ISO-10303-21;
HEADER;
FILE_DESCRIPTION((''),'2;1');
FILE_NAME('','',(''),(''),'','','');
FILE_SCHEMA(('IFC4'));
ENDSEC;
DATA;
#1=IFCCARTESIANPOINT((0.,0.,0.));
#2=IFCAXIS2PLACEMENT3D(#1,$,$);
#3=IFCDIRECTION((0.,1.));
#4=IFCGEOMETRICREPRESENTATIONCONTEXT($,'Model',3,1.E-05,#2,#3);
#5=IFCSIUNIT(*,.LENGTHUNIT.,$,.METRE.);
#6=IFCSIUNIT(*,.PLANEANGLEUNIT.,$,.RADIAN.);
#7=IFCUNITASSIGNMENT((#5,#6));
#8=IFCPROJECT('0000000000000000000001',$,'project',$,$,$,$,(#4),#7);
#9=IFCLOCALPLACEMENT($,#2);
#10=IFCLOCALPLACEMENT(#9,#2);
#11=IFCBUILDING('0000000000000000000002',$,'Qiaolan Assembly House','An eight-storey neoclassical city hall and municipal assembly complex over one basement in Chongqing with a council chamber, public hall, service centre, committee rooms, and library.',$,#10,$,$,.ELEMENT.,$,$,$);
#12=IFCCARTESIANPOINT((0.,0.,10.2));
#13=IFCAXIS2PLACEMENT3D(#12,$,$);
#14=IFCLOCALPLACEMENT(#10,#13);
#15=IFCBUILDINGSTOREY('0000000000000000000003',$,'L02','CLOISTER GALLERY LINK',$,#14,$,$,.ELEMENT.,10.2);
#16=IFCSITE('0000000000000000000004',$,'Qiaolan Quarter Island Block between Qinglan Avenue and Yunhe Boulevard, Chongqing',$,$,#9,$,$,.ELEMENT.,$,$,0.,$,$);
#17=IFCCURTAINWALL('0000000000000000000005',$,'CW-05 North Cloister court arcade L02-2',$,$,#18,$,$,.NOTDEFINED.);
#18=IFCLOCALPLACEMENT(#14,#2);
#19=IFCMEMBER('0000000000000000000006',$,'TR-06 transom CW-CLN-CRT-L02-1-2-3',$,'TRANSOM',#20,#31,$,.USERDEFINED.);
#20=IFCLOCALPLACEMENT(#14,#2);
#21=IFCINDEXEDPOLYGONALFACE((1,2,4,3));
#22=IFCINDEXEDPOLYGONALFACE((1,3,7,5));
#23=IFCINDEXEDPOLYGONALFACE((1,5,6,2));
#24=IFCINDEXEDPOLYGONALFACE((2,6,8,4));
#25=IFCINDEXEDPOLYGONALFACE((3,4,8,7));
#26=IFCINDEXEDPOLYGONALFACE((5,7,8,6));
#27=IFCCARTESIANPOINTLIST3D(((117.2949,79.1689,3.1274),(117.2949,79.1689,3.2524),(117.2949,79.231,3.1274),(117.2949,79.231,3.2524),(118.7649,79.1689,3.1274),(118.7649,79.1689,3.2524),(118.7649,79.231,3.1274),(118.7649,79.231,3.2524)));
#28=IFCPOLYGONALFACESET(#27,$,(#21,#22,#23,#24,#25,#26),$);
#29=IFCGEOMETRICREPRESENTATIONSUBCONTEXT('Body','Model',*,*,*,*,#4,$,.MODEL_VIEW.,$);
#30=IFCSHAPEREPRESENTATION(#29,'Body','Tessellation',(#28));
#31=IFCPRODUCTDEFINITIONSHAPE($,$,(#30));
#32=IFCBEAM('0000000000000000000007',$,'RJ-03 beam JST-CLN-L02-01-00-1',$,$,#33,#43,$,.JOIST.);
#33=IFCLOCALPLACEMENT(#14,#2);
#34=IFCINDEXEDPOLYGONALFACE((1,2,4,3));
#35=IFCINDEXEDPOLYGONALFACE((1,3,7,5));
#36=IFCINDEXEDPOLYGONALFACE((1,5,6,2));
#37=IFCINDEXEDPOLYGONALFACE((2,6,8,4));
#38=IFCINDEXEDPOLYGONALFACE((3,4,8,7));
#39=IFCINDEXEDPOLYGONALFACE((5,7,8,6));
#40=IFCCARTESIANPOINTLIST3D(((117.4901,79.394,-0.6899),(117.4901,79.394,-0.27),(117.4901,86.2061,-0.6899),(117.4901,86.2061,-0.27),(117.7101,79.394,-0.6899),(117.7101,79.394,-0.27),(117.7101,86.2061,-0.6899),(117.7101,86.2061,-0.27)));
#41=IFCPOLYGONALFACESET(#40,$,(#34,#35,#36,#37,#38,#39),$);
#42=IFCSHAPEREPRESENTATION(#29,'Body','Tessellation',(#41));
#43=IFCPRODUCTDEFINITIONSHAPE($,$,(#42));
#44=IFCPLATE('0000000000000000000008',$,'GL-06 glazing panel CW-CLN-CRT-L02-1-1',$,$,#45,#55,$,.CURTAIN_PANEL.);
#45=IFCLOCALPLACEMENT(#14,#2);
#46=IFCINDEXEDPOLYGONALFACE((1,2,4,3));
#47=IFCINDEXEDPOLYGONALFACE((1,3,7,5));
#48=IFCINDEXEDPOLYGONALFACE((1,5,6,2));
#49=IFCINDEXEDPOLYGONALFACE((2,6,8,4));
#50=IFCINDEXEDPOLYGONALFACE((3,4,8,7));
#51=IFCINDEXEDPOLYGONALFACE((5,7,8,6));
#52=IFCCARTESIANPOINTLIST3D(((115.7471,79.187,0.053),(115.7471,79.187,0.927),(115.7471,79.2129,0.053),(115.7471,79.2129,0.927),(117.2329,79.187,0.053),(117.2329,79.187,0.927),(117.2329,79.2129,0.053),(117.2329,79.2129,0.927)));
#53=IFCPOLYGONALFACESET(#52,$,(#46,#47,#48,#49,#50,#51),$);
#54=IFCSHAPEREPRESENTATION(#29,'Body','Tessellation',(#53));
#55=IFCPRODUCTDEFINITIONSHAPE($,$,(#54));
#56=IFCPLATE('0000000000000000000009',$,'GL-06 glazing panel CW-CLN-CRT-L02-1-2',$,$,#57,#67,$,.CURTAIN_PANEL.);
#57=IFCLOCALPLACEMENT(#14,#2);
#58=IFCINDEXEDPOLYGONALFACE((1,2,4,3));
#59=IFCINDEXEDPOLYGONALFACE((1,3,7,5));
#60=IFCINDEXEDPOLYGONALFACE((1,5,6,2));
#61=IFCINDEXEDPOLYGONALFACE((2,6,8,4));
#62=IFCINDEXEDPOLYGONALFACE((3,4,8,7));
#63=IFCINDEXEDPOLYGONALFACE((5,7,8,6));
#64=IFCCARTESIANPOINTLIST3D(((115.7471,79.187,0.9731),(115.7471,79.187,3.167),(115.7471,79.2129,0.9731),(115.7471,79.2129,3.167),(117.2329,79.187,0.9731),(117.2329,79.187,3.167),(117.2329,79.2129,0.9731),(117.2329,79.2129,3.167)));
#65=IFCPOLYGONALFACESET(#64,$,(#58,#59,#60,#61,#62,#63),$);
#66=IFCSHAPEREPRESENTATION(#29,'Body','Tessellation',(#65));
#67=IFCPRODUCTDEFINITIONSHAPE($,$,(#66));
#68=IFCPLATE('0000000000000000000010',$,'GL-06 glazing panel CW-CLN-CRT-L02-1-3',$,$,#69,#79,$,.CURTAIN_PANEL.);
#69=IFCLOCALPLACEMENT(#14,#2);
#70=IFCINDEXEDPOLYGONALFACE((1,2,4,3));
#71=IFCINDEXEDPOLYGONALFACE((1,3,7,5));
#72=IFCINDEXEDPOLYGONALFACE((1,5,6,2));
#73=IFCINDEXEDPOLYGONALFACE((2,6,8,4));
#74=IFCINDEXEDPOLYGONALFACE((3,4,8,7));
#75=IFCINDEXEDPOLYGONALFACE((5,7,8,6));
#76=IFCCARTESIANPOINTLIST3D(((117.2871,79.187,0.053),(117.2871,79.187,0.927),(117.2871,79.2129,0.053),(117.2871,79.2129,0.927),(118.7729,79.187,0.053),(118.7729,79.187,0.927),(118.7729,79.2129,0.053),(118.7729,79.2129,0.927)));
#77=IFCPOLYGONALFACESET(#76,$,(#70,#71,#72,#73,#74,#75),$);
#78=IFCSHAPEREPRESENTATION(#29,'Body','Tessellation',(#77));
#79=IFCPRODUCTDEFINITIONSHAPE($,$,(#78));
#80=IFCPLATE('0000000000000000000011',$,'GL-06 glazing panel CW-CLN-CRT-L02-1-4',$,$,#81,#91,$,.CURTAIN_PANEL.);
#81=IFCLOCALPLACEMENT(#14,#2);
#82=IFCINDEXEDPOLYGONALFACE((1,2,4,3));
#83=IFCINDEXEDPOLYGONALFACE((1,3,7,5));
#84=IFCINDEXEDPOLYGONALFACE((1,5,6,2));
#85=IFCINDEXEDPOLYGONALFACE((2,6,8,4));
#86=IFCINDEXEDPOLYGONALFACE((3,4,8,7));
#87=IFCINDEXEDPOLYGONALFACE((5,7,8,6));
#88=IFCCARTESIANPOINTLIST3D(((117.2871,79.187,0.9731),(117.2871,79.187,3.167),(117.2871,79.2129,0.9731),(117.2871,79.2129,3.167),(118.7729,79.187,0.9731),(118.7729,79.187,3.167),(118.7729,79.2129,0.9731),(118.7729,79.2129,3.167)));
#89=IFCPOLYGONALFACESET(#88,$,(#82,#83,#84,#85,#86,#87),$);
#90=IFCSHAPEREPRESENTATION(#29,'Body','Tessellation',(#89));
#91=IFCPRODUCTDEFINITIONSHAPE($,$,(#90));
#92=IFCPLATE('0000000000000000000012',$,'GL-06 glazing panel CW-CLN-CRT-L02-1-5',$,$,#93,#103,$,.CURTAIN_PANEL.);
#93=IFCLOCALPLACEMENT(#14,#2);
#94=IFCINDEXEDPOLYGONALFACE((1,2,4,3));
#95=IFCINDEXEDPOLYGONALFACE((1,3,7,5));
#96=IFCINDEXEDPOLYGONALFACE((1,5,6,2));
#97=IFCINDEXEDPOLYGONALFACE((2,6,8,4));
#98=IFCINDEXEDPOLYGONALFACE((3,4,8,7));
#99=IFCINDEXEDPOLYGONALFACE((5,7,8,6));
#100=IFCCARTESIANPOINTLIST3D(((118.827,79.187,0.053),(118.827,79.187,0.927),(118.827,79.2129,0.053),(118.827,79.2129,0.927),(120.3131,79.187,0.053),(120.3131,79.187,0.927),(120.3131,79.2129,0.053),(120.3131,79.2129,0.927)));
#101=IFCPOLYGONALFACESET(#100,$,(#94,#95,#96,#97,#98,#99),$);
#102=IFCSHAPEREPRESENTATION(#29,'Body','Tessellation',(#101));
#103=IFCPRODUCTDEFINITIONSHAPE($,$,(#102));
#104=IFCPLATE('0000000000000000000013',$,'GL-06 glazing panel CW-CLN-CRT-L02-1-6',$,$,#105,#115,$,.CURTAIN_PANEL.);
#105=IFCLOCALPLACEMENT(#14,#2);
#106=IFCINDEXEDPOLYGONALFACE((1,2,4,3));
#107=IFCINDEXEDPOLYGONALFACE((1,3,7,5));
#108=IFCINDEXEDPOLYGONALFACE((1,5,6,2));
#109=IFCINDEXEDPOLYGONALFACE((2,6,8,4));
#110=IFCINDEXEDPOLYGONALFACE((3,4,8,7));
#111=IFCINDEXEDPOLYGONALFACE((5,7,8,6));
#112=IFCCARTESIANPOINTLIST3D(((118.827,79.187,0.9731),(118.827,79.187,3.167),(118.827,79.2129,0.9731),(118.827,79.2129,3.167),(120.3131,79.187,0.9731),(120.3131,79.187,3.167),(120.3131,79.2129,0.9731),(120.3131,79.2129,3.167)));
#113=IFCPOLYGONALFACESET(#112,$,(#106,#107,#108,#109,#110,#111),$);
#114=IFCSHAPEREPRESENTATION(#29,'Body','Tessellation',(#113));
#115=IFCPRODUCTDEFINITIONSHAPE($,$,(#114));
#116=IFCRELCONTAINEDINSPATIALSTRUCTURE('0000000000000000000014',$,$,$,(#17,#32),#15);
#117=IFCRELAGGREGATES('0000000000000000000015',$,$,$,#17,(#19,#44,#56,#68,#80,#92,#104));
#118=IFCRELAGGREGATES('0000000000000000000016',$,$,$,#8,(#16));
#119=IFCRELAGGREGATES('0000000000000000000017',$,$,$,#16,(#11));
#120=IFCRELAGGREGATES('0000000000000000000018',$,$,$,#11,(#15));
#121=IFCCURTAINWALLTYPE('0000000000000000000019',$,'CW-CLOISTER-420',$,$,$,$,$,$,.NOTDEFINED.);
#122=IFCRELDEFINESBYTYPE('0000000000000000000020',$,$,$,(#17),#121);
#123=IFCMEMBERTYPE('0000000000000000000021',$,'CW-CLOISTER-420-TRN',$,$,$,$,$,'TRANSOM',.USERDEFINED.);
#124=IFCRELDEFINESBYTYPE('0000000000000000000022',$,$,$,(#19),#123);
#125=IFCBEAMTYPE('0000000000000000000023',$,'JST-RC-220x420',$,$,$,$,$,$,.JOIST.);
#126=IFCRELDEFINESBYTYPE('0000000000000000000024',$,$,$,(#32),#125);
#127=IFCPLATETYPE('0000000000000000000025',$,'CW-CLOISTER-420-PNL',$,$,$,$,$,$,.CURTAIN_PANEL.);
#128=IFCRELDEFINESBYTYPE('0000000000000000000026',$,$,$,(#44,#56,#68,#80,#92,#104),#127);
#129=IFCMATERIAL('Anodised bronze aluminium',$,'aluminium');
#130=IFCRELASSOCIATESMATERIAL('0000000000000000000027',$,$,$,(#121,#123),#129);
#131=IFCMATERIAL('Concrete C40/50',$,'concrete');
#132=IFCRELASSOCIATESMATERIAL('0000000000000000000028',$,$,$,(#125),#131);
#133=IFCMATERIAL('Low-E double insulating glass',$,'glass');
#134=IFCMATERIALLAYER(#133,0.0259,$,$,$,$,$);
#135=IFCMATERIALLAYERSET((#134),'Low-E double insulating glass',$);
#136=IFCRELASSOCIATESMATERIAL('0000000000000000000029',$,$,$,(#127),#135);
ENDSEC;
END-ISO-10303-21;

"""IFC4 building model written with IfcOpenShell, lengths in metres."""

from ifc_helpers import new_model, si_unit, direction, frame, frame_2d, origin, origin_2d, place, context, subcontext, project, spatial, rectangle, extrude, material, layer, layer_set, material_profile, profile_set, type_object, element, aggregate, save


model = new_model("IFC4")

# Units and contexts
model_context = context("Model", 3, precision=1e-05, world=origin(), true_north=direction((0.0, 1.0)))
body_context = subcontext(model_context, "Body", "Model", "MODEL_VIEW")
ifc_project = project(units=[si_unit("LENGTHUNIT", "METRE"), si_unit("PLANEANGLEUNIT", "RADIAN")], contexts=[model_context])

# Site, building, storey
site_placement = place(None, origin())
site = spatial("IfcSite", under=ifc_project, at=site_placement, Name="Qiaolan Quarter Island Block between Qinglan Avenue and Yunhe Boulevard, Chongqing", CompositionType="ELEMENT", RefElevation=0.0)
building_placement = place(site_placement, origin())
building = spatial("IfcBuilding", under=site, at=building_placement, Name="Qiaolan Assembly House", Description="An eight-storey neoclassical city hall and municipal assembly complex over one basement in Chongqing with a council chamber, public hall, service centre, committee rooms, and library.", CompositionType="ELEMENT")
storey_placement = place(building_placement, frame((0.0, 0.0, 10.2)))
storey = spatial("IfcBuildingStorey", under=building, at=storey_placement, Name="L02", Description="CLOISTER GALLERY LINK", CompositionType="ELEMENT", Elevation=10.2)

# Shared definitions
ifc_material_1 = material(Name="Concrete C40/50", Category="concrete")

# Shared definitions
ifc_material_2 = material(Name="Anodised bronze aluminium", Category="aluminium")
curtain_wall_type = type_object("IfcCurtainWallType", Name="CW-CLOISTER-420", PredefinedType="NOTDEFINED", material=ifc_material_2)

# Curtain wall
curtain_wall_1_placement = place(storey_placement, origin())
curtain_wall_1 = element("IfcCurtainWall", 1, at=curtain_wall_1_placement, inside=storey, type_object=curtain_wall_type, Name="CW-05 North Cloister court arcade L02-2", PredefinedType="NOTDEFINED")

# Member
ifc_material_profile_1 = material_profile(ifc_material_2, rectangle(XDim=0.062, YDim=0.125, at=origin_2d()), Name="TRN 62x125")
ifc_profile_set_1 = profile_set([ifc_material_profile_1], Name="Anodised bronze aluminium")
member_type_1 = type_object("IfcMemberType", Name="CW-CLOISTER-420-TRN", ElementType="TRANSOM", PredefinedType="USERDEFINED", material=ifc_profile_set_1)
member_1_placement = place(storey_placement, frame((117.2949, 79.2, 3.1899), z_axis=(1.0, 0.0, 0.0), x_axis=(0.0, 1.0, 0.0)))
member_1 = element("IfcMember", 2, at=member_1_placement, type_object=member_type_1, Name="TR-06 transom CW-CLN-CRT-L02-1-2-3", ObjectType="TRANSOM", PredefinedType="USERDEFINED", context=body_context, shape_type="SweptSolid", body=[
    extrude(rectangle(XDim=0.062, YDim=0.125, at=origin_2d()), origin(), (0.0, 0.0, 1.0), 1.47),
])

# Beam
ifc_material_profile_2 = material_profile(ifc_material_1, rectangle(XDim=0.22, YDim=0.4199, at=origin_2d()), Name="RCB 220x420")
ifc_profile_set_2 = profile_set([ifc_material_profile_2], Name="Concrete C40/50")
beam_type_1 = type_object("IfcBeamType", Name="JST-RC-220x420", PredefinedType="JOIST", material=ifc_profile_set_2)
beam_1_placement = place(storey_placement, frame((117.6001, 79.394, -0.48), z_axis=(0.0, 1.0, 0.0), x_axis=(-1.0, 0.0, 0.0)))
element("IfcBeam", 3, at=beam_1_placement, inside=storey, type_object=beam_type_1, Name="RJ-03 beam JST-CLN-L02-01-00-1", PredefinedType="JOIST", context=body_context, shape_type="SweptSolid", body=[
    extrude(rectangle(XDim=0.22, YDim=0.4199, at=origin_2d()), origin(), (0.0, 0.0, 1.0), 6.812),
])

# Plates
ifc_material_3 = material(Name="Low-E double insulating glass", Category="glass")
ifc_layer = layer(ifc_material_3, 0.0259)
ifc_layer_set = layer_set([ifc_layer], Name="Low-E double insulating glass")
plate_type = type_object("IfcPlateType", Name="CW-CLOISTER-420-PNL", PredefinedType="CURTAIN_PANEL", material=ifc_layer_set)
plate_1_placement = place(storey_placement, frame((115.7471, 79.2, 0.053), z_axis=(0.0, 0.0, 1.0), x_axis=(1.0, 0.0, 0.0)))
plate_1 = element("IfcPlate", 4, at=plate_1_placement, type_object=plate_type, Name="GL-06 glazing panel CW-CLN-CRT-L02-1-1", PredefinedType="CURTAIN_PANEL", context=body_context, shape_type="SweptSolid", body=[
    extrude(rectangle(XDim=1.4858, YDim=0.0259, at=frame_2d((0.7429, 0.0))), origin(), (0.0, 0.0, 1.0), 0.874),
])
plate_2_placement = place(storey_placement, frame((115.7471, 79.2, 0.9731), z_axis=(0.0, 0.0, 1.0), x_axis=(1.0, 0.0, 0.0)))
plate_2 = element("IfcPlate", 5, at=plate_2_placement, type_object=plate_type, Name="GL-06 glazing panel CW-CLN-CRT-L02-1-2", PredefinedType="CURTAIN_PANEL", context=body_context, shape_type="SweptSolid", body=[
    extrude(rectangle(XDim=1.4858, YDim=0.0259, at=frame_2d((0.7429, 0.0))), origin(), (0.0, 0.0, 1.0), 2.1938),
])
plate_3_placement = place(storey_placement, frame((117.2871, 79.2, 0.053), z_axis=(0.0, 0.0, 1.0), x_axis=(1.0, 0.0, 0.0)))
plate_3 = element("IfcPlate", 6, at=plate_3_placement, type_object=plate_type, Name="GL-06 glazing panel CW-CLN-CRT-L02-1-3", PredefinedType="CURTAIN_PANEL", context=body_context, shape_type="SweptSolid", body=[
    extrude(rectangle(XDim=1.4858, YDim=0.0259, at=frame_2d((0.7429, 0.0))), origin(), (0.0, 0.0, 1.0), 0.874),
])
plate_4_placement = place(storey_placement, frame((117.2871, 79.2, 0.9731), z_axis=(0.0, 0.0, 1.0), x_axis=(1.0, 0.0, 0.0)))
plate_4 = element("IfcPlate", 7, at=plate_4_placement, type_object=plate_type, Name="GL-06 glazing panel CW-CLN-CRT-L02-1-4", PredefinedType="CURTAIN_PANEL", context=body_context, shape_type="SweptSolid", body=[
    extrude(rectangle(XDim=1.4858, YDim=0.0259, at=frame_2d((0.7429, 0.0))), origin(), (0.0, 0.0, 1.0), 2.1938),
])
plate_5_placement = place(storey_placement, frame((118.8269, 79.2, 0.053), z_axis=(0.0, 0.0, 1.0), x_axis=(1.0, 0.0, 0.0)))
plate_5 = element("IfcPlate", 8, at=plate_5_placement, type_object=plate_type, Name="GL-06 glazing panel CW-CLN-CRT-L02-1-5", PredefinedType="CURTAIN_PANEL", context=body_context, shape_type="SweptSolid", body=[
    extrude(rectangle(XDim=1.4861, YDim=0.0259, at=frame_2d((0.7432, 0.0))), origin(), (0.0, 0.0, 1.0), 0.874),
])
plate_6_placement = place(storey_placement, frame((118.8269, 79.2, 0.9731), z_axis=(0.0, 0.0, 1.0), x_axis=(1.0, 0.0, 0.0)))
plate_6 = element("IfcPlate", 9, at=plate_6_placement, type_object=plate_type, Name="GL-06 glazing panel CW-CLN-CRT-L02-1-6", PredefinedType="CURTAIN_PANEL", context=body_context, shape_type="SweptSolid", body=[
    extrude(rectangle(XDim=1.4861, YDim=0.0259, at=frame_2d((0.7432, 0.0))), origin(), (0.0, 0.0, 1.0), 2.1938),
])
aggregate(curtain_wall_1, [member_1, plate_1, plate_2, plate_3, plate_4, plate_5, plate_6])

save(model, "model.ifc")
